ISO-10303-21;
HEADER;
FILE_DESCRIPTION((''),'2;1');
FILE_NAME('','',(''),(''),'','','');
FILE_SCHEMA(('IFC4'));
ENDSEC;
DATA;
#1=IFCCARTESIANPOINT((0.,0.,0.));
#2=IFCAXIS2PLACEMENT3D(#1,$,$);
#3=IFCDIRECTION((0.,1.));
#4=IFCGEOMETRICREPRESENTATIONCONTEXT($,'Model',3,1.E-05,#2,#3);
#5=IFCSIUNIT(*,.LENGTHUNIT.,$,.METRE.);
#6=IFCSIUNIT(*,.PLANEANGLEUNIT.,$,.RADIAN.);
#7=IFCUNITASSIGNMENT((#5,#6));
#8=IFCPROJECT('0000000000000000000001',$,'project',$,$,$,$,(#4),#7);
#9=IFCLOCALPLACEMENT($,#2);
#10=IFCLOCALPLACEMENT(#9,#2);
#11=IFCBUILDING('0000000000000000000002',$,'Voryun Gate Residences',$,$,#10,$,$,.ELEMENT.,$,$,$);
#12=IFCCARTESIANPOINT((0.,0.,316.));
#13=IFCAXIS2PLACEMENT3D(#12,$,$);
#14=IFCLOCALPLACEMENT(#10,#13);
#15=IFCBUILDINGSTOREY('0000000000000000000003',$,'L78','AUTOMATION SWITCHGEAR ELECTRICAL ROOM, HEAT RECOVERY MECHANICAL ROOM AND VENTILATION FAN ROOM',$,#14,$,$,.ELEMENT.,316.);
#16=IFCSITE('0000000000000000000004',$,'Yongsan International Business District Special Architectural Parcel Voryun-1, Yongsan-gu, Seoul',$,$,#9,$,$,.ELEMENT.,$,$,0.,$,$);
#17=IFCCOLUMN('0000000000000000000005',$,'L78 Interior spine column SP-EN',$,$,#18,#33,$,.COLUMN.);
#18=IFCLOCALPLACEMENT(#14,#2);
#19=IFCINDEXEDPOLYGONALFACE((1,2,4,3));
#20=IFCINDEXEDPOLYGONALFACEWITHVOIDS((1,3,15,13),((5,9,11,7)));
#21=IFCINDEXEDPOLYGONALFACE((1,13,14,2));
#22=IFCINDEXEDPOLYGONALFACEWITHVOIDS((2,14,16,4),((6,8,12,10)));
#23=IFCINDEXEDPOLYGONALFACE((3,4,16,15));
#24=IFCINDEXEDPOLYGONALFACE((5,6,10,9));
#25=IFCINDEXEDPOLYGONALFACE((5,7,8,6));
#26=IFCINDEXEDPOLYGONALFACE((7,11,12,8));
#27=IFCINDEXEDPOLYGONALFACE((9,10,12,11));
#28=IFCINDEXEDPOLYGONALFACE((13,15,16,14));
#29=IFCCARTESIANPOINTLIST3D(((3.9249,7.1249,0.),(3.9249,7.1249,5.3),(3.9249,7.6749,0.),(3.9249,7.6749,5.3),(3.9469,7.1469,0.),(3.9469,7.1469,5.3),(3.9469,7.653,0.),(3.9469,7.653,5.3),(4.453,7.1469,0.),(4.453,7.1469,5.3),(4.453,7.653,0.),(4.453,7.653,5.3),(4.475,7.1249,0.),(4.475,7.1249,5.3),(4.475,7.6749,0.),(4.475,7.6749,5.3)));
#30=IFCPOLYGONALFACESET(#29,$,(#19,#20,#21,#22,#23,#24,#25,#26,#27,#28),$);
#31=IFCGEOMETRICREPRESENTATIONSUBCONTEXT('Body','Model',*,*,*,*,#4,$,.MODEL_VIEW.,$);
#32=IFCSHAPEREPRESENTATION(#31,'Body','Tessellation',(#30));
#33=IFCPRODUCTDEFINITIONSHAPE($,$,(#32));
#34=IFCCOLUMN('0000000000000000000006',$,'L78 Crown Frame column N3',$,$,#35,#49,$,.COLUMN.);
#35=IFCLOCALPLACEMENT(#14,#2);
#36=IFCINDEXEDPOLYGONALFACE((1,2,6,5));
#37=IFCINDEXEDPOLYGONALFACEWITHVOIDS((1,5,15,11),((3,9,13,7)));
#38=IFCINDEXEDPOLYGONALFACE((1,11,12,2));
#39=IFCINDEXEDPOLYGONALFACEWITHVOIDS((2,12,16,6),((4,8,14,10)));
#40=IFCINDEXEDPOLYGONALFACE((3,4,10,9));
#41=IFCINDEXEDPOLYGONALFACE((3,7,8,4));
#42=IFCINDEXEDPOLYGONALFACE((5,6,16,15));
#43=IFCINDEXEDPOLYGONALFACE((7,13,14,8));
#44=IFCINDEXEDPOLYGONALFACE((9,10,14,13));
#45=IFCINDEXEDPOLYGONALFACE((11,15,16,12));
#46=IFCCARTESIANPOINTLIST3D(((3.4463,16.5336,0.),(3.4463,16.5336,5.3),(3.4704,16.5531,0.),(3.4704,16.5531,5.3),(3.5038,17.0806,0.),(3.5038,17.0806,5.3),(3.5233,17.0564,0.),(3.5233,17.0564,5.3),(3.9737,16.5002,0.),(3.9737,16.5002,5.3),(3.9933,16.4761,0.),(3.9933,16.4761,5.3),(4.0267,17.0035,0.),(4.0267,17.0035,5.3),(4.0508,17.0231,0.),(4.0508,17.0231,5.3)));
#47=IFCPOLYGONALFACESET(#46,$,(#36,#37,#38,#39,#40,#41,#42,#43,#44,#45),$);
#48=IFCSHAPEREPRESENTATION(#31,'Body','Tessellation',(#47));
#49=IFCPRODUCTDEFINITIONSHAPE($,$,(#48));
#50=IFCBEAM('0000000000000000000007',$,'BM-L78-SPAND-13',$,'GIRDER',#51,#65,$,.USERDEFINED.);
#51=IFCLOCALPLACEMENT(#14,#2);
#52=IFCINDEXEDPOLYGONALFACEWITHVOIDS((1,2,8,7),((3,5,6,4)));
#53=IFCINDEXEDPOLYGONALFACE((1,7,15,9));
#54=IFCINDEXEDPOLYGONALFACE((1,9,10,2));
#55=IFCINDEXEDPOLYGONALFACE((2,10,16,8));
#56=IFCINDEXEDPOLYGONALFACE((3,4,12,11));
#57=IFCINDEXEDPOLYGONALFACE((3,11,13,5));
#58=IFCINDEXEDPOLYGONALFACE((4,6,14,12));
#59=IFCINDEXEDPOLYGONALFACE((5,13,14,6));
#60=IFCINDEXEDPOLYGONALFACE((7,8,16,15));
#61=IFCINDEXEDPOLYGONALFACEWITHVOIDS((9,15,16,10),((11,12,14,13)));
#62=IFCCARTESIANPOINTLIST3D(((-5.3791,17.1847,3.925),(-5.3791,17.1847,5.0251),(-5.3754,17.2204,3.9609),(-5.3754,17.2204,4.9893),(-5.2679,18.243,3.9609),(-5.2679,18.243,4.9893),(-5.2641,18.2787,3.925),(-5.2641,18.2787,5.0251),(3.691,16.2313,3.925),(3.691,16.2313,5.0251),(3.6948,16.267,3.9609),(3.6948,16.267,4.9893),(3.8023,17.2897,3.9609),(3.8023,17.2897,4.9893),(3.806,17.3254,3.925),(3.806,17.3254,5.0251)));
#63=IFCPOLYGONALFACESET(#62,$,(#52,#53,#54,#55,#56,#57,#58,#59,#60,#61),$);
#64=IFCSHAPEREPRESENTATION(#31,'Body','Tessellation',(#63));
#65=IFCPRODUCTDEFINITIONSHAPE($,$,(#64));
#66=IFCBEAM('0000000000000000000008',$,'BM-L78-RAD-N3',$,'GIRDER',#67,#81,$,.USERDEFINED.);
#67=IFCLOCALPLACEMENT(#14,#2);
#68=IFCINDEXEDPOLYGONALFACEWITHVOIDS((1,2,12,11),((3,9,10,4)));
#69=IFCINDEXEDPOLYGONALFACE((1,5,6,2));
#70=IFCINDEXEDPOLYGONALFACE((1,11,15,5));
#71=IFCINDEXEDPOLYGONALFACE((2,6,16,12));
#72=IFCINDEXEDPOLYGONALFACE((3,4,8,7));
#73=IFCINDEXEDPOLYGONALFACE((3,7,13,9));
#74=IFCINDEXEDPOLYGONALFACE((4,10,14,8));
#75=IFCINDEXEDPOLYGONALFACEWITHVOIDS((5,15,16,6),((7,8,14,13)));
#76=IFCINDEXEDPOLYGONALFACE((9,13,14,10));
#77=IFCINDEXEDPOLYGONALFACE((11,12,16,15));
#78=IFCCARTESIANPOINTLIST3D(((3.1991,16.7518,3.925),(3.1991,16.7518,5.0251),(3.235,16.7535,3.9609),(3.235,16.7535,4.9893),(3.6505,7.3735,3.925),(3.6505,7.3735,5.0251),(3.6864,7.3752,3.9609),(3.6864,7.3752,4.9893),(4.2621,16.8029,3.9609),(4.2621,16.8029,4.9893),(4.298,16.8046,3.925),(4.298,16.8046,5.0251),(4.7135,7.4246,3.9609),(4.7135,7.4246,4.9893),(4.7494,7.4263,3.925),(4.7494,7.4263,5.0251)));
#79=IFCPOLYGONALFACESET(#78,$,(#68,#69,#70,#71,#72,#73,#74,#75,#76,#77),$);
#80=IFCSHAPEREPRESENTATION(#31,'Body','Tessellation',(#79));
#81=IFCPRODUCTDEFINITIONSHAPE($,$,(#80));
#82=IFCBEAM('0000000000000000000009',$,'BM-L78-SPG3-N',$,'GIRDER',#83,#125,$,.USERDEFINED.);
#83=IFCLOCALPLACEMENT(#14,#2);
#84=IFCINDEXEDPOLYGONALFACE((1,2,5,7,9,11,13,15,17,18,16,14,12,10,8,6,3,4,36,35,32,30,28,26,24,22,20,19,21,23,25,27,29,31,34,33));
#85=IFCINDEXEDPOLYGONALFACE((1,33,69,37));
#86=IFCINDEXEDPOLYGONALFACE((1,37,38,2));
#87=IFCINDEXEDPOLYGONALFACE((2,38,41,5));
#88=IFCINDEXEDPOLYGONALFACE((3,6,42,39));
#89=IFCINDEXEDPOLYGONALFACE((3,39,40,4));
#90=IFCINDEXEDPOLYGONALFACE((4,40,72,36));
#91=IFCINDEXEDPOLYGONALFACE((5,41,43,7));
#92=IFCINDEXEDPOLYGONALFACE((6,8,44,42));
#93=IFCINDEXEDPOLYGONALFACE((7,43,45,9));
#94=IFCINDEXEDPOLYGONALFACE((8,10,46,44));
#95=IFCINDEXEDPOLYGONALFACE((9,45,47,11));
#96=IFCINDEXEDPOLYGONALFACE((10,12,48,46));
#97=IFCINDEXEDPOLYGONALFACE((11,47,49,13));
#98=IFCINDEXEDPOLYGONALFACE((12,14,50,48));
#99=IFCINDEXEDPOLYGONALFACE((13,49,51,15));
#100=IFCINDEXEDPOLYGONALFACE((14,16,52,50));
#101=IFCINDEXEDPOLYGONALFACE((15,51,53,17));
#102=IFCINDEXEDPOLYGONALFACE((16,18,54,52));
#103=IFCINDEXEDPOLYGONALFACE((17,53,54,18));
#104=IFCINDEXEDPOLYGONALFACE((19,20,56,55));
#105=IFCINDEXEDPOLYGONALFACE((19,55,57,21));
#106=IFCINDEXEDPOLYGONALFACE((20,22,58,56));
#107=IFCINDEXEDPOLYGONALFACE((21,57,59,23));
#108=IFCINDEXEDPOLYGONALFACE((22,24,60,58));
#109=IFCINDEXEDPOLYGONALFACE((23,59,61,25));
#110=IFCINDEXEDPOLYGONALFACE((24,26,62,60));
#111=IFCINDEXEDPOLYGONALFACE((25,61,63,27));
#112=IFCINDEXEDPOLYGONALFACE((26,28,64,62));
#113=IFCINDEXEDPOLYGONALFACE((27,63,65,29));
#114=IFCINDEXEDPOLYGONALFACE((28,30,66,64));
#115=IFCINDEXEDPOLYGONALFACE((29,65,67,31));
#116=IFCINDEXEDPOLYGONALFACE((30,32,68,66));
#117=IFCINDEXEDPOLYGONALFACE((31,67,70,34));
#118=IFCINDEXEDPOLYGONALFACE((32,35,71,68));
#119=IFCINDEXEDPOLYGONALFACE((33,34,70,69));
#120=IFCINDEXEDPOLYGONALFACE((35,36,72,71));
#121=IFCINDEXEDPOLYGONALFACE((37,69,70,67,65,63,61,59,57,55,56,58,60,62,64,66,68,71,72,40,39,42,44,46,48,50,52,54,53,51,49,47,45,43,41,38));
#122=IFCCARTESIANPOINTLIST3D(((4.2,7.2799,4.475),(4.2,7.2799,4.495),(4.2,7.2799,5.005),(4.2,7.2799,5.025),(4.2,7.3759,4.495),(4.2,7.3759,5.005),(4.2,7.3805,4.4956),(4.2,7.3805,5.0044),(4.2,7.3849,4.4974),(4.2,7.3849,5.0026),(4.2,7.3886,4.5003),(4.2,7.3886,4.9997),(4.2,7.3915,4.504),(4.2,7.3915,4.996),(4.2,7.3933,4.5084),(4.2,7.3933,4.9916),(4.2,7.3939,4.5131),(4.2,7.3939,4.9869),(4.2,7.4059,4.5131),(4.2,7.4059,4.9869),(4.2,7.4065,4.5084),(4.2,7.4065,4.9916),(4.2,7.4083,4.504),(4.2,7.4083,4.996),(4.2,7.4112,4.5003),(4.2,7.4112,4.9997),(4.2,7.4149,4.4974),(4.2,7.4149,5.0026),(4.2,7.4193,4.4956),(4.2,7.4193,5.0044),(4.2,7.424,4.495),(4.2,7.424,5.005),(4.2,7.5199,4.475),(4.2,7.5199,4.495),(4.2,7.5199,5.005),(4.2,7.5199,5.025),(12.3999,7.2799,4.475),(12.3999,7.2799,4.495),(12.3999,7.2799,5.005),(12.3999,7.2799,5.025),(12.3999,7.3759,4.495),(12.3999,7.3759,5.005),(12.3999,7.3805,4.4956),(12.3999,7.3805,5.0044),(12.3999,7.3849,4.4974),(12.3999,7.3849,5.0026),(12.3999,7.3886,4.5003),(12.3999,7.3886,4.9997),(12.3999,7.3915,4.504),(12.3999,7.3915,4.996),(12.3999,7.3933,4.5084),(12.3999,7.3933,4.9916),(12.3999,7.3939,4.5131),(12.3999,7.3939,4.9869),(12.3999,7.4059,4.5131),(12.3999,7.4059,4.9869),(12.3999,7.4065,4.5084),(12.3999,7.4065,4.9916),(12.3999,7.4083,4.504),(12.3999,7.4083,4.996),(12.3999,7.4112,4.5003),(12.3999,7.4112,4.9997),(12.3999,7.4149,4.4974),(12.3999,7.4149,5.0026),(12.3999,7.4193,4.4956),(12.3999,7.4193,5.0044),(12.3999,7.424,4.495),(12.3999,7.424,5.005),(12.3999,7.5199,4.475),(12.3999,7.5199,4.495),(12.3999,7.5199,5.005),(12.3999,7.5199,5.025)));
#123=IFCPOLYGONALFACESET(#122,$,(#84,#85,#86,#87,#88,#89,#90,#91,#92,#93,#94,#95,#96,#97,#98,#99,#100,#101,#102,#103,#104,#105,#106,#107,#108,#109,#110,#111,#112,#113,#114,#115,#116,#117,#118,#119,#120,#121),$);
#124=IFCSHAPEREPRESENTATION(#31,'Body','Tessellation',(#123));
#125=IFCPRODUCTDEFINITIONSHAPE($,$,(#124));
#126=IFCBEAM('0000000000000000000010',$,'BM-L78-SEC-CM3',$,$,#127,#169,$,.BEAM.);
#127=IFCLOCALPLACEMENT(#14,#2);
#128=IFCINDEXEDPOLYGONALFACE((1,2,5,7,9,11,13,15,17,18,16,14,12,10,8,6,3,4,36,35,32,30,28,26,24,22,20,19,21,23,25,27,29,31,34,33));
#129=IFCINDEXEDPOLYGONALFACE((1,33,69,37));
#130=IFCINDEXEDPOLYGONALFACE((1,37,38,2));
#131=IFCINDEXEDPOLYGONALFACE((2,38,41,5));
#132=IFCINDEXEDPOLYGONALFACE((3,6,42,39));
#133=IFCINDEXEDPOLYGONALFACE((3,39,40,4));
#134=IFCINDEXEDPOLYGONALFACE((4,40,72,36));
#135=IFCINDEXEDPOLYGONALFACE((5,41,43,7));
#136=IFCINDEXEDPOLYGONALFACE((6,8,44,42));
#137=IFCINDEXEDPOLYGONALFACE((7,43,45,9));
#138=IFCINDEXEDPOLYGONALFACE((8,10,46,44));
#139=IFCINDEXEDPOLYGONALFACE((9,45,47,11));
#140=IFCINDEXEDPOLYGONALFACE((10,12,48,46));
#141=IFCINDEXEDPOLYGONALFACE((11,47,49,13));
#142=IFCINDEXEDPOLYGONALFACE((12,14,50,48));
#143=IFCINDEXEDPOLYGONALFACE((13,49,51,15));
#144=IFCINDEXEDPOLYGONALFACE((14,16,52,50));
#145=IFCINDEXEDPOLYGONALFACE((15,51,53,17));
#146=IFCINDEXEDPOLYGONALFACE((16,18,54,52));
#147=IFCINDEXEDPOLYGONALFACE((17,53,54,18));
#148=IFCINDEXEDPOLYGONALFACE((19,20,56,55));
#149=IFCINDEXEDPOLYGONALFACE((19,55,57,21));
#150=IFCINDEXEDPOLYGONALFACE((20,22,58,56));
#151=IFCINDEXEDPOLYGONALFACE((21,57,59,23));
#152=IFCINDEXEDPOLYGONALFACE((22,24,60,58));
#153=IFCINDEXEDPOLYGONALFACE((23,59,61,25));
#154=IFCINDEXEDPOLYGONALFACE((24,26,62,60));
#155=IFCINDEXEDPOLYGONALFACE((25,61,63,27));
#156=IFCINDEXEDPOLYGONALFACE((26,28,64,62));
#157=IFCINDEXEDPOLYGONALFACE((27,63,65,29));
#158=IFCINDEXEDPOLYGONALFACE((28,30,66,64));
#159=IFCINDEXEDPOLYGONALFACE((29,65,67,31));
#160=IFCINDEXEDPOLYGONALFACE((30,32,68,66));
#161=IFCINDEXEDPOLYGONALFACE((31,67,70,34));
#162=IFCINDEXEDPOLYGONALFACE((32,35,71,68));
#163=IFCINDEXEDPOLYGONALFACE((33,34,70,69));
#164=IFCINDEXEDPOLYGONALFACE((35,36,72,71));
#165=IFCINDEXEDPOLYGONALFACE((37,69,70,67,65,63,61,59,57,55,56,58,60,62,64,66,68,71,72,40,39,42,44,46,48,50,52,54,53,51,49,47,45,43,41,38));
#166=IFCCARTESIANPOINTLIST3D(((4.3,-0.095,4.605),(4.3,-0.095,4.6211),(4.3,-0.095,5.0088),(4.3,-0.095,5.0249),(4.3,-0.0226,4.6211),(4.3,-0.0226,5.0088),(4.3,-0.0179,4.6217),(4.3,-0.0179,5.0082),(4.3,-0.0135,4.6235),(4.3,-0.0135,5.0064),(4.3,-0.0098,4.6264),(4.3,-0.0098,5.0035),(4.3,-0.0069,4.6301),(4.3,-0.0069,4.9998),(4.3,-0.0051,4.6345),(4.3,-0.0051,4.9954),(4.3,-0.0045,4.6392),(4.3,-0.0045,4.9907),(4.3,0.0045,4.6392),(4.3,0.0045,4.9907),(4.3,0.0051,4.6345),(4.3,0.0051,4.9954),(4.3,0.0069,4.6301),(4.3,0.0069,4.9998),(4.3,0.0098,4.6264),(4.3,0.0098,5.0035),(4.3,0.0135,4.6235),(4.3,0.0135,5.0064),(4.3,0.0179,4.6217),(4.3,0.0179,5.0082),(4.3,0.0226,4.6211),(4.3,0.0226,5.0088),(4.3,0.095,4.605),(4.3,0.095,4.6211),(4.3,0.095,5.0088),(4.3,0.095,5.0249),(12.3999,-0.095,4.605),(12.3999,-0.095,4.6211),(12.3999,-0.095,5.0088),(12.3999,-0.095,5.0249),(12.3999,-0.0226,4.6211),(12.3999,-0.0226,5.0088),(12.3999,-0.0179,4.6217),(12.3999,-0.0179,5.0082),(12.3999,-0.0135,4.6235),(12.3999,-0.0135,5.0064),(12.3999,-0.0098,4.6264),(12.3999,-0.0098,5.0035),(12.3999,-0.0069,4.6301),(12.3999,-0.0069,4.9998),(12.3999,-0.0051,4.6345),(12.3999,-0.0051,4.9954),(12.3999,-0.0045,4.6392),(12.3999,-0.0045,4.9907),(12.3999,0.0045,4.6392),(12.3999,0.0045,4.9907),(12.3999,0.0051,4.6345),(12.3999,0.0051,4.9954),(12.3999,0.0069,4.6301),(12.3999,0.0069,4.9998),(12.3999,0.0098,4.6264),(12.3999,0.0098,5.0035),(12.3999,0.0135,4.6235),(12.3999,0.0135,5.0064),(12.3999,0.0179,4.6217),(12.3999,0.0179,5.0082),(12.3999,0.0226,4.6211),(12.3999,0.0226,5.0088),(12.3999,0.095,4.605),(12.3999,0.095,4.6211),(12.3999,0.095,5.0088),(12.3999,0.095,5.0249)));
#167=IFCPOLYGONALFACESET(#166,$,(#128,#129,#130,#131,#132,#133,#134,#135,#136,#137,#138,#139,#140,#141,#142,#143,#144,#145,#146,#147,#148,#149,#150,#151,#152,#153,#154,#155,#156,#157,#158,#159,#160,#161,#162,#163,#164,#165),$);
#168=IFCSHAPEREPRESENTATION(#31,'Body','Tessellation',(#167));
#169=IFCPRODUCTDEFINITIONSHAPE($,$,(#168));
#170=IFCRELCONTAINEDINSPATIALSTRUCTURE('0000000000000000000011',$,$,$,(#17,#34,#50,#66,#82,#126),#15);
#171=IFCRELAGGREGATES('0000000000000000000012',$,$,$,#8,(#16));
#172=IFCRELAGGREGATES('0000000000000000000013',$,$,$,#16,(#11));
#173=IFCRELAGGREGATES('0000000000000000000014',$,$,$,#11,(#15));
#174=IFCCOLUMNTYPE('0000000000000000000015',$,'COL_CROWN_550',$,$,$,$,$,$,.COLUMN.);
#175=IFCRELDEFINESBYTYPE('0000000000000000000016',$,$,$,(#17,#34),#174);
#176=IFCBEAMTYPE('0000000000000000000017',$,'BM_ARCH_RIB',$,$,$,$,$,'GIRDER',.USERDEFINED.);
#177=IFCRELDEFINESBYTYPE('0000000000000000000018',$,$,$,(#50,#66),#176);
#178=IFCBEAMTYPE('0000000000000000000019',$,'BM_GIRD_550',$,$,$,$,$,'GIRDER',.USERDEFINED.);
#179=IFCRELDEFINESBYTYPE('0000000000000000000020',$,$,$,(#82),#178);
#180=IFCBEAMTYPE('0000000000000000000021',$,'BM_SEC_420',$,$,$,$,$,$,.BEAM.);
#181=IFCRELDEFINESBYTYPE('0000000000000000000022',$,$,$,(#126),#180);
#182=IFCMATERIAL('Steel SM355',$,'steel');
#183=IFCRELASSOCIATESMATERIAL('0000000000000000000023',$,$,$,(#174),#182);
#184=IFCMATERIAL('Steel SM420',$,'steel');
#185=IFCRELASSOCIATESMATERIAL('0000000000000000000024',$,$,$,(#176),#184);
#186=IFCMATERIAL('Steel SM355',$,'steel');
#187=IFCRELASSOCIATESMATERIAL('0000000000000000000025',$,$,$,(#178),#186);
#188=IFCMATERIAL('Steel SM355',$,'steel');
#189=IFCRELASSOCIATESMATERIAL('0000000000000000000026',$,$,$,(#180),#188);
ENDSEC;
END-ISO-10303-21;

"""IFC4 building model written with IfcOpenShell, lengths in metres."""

from ifc_helpers import new_model, si_unit, direction, frame, origin, origin_2d, place, context, subcontext, project, spatial, hollow_rectangle, i_section, extrude, material, material_profile, profile_set, type_object, element, save


model = new_model("IFC4")

# Units and contexts
model_context = context("Model", 3, precision=1e-05, world=origin(), true_north=direction((0.0, 1.0)))
body_context = subcontext(model_context, "Body", "Model", "MODEL_VIEW")
ifc_project = project(units=[si_unit("LENGTHUNIT", "METRE"), si_unit("PLANEANGLEUNIT", "RADIAN")], contexts=[model_context])

# Site, building, storey
site_placement = place(None, origin())
site = spatial("IfcSite", under=ifc_project, at=site_placement, Name="Yongsan International Business District Special Architectural Parcel Voryun-1, Yongsan-gu, Seoul", CompositionType="ELEMENT", RefElevation=0.0)
building_placement = place(site_placement, origin())
building = spatial("IfcBuilding", under=site, at=building_placement, Name="Voryun Gate Residences", CompositionType="ELEMENT")
storey_placement = place(building_placement, frame((0.0, 0.0, 316.0)))
storey = spatial("IfcBuildingStorey", under=building, at=storey_placement, Name="L78", Description="AUTOMATION SWITCHGEAR ELECTRICAL ROOM, HEAT RECOVERY MECHANICAL ROOM AND VENTILATION FAN ROOM", CompositionType="ELEMENT", Elevation=316.0)

# Columns
ifc_material_1 = material(Name="Steel SM355", Category="steel")
ifc_material_profile_1 = material_profile(ifc_material_1, hollow_rectangle(XDim=0.55, YDim=0.55, WallThickness=0.022, at=origin_2d()), Name="BOX-550x550x22")
ifc_profile_set_1 = profile_set([ifc_material_profile_1], Name="Steel SM355")
column_type = type_object("IfcColumnType", Name="COL_CROWN_550", PredefinedType="COLUMN", material=ifc_profile_set_1)
for number, where, z_axis, x_axis, name in (
    (1, (4.2, 7.3999, 0.0), (0.0, 0.0, 1.0), (1.0, 0.0, 0.0), "L78 Interior spine column SP-EN"),
    (2, (3.7485, 16.7783, 0.0), (0.0, 0.0, 1.0), (0.994522, -0.104528, 0.0), "L78 Crown Frame column N3"),
):
    element("IfcColumn", number, at=place(storey_placement, frame(where, z_axis=z_axis, x_axis=x_axis)), inside=storey, type_object=column_type, Name=name, PredefinedType="COLUMN", context=body_context, shape_type="SweptSolid", body=[
        extrude(hollow_rectangle(XDim=0.55, YDim=0.55, WallThickness=0.022, at=origin_2d()), origin(), (0.0, 0.0, 1.0), 5.3),
    ])

# Beams
ifc_material_2 = material(Name="Steel SM420", Category="steel")
ifc_material_profile_2 = material_profile(ifc_material_2, hollow_rectangle(XDim=1.1001, YDim=1.1001, WallThickness=0.0359, at=origin_2d()), Name="BOX-1100x1100x36")
ifc_profile_set_2 = profile_set([ifc_material_profile_2], Name="Steel SM420")
beam_type_1 = type_object("IfcBeamType", Name="BM_ARCH_RIB", ElementType="GIRDER", PredefinedType="USERDEFINED", material=ifc_profile_set_2)
beam_1_placement = place(storey_placement, frame((3.7485, 16.7783, 4.4751), z_axis=(-0.994521, 0.104536, 0.0), x_axis=(-0.104536, -0.994521, 0.0)))
element("IfcBeam", 3, at=beam_1_placement, inside=storey, type_object=beam_type_1, Name="BM-L78-SPAND-13", ObjectType="GIRDER", PredefinedType="USERDEFINED", context=body_context, shape_type="SweptSolid", body=[
    extrude(hollow_rectangle(XDim=1.1001, YDim=1.1001, WallThickness=0.0359, at=origin_2d()), origin(), (0.0, 0.0, 1.0), 9.1201),
])
beam_2_placement = place(storey_placement, frame((4.2, 7.3999, 4.4751), z_axis=(-0.048078, 0.998844, 0.0), x_axis=(-0.998844, -0.048078, 0.0)))
element("IfcBeam", 4, at=beam_2_placement, inside=storey, type_object=beam_type_1, Name="BM-L78-RAD-N3", ObjectType="GIRDER", PredefinedType="USERDEFINED", context=body_context, shape_type="SweptSolid", body=[
    extrude(hollow_rectangle(XDim=1.1001, YDim=1.1001, WallThickness=0.0359, at=origin_2d()), origin(), (0.0, 0.0, 1.0), 9.3892),
])
ifc_material_3 = material(Name="Steel SM355", Category="steel")
ifc_material_profile_3 = material_profile(ifc_material_3, i_section(OverallWidth=0.24, OverallDepth=0.55, WebThickness=0.012, FlangeThickness=0.02, FilletRadius=0.0181, at=origin_2d()), Name="H-550x240x12x20")
ifc_profile_set_3 = profile_set([ifc_material_profile_3], Name="Steel SM355")
beam_type_2 = type_object("IfcBeamType", Name="BM_GIRD_550", ElementType="GIRDER", PredefinedType="USERDEFINED", material=ifc_profile_set_3)
beam_3_placement = place(storey_placement, frame((4.2, 7.3999, 4.75), z_axis=(1.0, 0.0, 0.0), x_axis=(0.0, 1.0, 0.0)))
element("IfcBeam", 5, at=beam_3_placement, inside=storey, type_object=beam_type_2, Name="BM-L78-SPG3-N", ObjectType="GIRDER", PredefinedType="USERDEFINED", context=body_context, shape_type="SweptSolid", body=[
    extrude(i_section(OverallWidth=0.24, OverallDepth=0.55, WebThickness=0.012, FlangeThickness=0.02, FilletRadius=0.0181, at=origin_2d()), origin(), (0.0, 0.0, 1.0), 8.2),
])
ifc_material_4 = material(Name="Steel SM355", Category="steel")
ifc_material_profile_4 = material_profile(ifc_material_4, i_section(OverallWidth=0.1899, OverallDepth=0.4199, WebThickness=0.009, FlangeThickness=0.0161, FilletRadius=0.0181, at=origin_2d()), Name="H-420x190x9x16")
ifc_profile_set_4 = profile_set([ifc_material_profile_4], Name="Steel SM355")
beam_type_3 = type_object("IfcBeamType", Name="BM_SEC_420", PredefinedType="BEAM", material=ifc_profile_set_4)
for number, where, z_axis, x_axis, name in (
    (6, (4.3, 0.0, 4.8149), (1.0, 0.0, 0.0), (0.0, 1.0, 0.0), "BM-L78-SEC-CM3"),
):
    element("IfcBeam", number, at=place(storey_placement, frame(where, z_axis=z_axis, x_axis=x_axis)), inside=storey, type_object=beam_type_3, Name=name, PredefinedType="BEAM", context=body_context, shape_type="SweptSolid", body=[
        extrude(i_section(OverallWidth=0.1899, OverallDepth=0.4199, WebThickness=0.009, FlangeThickness=0.0161, FilletRadius=0.0181, at=origin_2d()), origin(), (0.0, 0.0, 1.0), 8.0999),
    ])

save(model, "model.ifc")
